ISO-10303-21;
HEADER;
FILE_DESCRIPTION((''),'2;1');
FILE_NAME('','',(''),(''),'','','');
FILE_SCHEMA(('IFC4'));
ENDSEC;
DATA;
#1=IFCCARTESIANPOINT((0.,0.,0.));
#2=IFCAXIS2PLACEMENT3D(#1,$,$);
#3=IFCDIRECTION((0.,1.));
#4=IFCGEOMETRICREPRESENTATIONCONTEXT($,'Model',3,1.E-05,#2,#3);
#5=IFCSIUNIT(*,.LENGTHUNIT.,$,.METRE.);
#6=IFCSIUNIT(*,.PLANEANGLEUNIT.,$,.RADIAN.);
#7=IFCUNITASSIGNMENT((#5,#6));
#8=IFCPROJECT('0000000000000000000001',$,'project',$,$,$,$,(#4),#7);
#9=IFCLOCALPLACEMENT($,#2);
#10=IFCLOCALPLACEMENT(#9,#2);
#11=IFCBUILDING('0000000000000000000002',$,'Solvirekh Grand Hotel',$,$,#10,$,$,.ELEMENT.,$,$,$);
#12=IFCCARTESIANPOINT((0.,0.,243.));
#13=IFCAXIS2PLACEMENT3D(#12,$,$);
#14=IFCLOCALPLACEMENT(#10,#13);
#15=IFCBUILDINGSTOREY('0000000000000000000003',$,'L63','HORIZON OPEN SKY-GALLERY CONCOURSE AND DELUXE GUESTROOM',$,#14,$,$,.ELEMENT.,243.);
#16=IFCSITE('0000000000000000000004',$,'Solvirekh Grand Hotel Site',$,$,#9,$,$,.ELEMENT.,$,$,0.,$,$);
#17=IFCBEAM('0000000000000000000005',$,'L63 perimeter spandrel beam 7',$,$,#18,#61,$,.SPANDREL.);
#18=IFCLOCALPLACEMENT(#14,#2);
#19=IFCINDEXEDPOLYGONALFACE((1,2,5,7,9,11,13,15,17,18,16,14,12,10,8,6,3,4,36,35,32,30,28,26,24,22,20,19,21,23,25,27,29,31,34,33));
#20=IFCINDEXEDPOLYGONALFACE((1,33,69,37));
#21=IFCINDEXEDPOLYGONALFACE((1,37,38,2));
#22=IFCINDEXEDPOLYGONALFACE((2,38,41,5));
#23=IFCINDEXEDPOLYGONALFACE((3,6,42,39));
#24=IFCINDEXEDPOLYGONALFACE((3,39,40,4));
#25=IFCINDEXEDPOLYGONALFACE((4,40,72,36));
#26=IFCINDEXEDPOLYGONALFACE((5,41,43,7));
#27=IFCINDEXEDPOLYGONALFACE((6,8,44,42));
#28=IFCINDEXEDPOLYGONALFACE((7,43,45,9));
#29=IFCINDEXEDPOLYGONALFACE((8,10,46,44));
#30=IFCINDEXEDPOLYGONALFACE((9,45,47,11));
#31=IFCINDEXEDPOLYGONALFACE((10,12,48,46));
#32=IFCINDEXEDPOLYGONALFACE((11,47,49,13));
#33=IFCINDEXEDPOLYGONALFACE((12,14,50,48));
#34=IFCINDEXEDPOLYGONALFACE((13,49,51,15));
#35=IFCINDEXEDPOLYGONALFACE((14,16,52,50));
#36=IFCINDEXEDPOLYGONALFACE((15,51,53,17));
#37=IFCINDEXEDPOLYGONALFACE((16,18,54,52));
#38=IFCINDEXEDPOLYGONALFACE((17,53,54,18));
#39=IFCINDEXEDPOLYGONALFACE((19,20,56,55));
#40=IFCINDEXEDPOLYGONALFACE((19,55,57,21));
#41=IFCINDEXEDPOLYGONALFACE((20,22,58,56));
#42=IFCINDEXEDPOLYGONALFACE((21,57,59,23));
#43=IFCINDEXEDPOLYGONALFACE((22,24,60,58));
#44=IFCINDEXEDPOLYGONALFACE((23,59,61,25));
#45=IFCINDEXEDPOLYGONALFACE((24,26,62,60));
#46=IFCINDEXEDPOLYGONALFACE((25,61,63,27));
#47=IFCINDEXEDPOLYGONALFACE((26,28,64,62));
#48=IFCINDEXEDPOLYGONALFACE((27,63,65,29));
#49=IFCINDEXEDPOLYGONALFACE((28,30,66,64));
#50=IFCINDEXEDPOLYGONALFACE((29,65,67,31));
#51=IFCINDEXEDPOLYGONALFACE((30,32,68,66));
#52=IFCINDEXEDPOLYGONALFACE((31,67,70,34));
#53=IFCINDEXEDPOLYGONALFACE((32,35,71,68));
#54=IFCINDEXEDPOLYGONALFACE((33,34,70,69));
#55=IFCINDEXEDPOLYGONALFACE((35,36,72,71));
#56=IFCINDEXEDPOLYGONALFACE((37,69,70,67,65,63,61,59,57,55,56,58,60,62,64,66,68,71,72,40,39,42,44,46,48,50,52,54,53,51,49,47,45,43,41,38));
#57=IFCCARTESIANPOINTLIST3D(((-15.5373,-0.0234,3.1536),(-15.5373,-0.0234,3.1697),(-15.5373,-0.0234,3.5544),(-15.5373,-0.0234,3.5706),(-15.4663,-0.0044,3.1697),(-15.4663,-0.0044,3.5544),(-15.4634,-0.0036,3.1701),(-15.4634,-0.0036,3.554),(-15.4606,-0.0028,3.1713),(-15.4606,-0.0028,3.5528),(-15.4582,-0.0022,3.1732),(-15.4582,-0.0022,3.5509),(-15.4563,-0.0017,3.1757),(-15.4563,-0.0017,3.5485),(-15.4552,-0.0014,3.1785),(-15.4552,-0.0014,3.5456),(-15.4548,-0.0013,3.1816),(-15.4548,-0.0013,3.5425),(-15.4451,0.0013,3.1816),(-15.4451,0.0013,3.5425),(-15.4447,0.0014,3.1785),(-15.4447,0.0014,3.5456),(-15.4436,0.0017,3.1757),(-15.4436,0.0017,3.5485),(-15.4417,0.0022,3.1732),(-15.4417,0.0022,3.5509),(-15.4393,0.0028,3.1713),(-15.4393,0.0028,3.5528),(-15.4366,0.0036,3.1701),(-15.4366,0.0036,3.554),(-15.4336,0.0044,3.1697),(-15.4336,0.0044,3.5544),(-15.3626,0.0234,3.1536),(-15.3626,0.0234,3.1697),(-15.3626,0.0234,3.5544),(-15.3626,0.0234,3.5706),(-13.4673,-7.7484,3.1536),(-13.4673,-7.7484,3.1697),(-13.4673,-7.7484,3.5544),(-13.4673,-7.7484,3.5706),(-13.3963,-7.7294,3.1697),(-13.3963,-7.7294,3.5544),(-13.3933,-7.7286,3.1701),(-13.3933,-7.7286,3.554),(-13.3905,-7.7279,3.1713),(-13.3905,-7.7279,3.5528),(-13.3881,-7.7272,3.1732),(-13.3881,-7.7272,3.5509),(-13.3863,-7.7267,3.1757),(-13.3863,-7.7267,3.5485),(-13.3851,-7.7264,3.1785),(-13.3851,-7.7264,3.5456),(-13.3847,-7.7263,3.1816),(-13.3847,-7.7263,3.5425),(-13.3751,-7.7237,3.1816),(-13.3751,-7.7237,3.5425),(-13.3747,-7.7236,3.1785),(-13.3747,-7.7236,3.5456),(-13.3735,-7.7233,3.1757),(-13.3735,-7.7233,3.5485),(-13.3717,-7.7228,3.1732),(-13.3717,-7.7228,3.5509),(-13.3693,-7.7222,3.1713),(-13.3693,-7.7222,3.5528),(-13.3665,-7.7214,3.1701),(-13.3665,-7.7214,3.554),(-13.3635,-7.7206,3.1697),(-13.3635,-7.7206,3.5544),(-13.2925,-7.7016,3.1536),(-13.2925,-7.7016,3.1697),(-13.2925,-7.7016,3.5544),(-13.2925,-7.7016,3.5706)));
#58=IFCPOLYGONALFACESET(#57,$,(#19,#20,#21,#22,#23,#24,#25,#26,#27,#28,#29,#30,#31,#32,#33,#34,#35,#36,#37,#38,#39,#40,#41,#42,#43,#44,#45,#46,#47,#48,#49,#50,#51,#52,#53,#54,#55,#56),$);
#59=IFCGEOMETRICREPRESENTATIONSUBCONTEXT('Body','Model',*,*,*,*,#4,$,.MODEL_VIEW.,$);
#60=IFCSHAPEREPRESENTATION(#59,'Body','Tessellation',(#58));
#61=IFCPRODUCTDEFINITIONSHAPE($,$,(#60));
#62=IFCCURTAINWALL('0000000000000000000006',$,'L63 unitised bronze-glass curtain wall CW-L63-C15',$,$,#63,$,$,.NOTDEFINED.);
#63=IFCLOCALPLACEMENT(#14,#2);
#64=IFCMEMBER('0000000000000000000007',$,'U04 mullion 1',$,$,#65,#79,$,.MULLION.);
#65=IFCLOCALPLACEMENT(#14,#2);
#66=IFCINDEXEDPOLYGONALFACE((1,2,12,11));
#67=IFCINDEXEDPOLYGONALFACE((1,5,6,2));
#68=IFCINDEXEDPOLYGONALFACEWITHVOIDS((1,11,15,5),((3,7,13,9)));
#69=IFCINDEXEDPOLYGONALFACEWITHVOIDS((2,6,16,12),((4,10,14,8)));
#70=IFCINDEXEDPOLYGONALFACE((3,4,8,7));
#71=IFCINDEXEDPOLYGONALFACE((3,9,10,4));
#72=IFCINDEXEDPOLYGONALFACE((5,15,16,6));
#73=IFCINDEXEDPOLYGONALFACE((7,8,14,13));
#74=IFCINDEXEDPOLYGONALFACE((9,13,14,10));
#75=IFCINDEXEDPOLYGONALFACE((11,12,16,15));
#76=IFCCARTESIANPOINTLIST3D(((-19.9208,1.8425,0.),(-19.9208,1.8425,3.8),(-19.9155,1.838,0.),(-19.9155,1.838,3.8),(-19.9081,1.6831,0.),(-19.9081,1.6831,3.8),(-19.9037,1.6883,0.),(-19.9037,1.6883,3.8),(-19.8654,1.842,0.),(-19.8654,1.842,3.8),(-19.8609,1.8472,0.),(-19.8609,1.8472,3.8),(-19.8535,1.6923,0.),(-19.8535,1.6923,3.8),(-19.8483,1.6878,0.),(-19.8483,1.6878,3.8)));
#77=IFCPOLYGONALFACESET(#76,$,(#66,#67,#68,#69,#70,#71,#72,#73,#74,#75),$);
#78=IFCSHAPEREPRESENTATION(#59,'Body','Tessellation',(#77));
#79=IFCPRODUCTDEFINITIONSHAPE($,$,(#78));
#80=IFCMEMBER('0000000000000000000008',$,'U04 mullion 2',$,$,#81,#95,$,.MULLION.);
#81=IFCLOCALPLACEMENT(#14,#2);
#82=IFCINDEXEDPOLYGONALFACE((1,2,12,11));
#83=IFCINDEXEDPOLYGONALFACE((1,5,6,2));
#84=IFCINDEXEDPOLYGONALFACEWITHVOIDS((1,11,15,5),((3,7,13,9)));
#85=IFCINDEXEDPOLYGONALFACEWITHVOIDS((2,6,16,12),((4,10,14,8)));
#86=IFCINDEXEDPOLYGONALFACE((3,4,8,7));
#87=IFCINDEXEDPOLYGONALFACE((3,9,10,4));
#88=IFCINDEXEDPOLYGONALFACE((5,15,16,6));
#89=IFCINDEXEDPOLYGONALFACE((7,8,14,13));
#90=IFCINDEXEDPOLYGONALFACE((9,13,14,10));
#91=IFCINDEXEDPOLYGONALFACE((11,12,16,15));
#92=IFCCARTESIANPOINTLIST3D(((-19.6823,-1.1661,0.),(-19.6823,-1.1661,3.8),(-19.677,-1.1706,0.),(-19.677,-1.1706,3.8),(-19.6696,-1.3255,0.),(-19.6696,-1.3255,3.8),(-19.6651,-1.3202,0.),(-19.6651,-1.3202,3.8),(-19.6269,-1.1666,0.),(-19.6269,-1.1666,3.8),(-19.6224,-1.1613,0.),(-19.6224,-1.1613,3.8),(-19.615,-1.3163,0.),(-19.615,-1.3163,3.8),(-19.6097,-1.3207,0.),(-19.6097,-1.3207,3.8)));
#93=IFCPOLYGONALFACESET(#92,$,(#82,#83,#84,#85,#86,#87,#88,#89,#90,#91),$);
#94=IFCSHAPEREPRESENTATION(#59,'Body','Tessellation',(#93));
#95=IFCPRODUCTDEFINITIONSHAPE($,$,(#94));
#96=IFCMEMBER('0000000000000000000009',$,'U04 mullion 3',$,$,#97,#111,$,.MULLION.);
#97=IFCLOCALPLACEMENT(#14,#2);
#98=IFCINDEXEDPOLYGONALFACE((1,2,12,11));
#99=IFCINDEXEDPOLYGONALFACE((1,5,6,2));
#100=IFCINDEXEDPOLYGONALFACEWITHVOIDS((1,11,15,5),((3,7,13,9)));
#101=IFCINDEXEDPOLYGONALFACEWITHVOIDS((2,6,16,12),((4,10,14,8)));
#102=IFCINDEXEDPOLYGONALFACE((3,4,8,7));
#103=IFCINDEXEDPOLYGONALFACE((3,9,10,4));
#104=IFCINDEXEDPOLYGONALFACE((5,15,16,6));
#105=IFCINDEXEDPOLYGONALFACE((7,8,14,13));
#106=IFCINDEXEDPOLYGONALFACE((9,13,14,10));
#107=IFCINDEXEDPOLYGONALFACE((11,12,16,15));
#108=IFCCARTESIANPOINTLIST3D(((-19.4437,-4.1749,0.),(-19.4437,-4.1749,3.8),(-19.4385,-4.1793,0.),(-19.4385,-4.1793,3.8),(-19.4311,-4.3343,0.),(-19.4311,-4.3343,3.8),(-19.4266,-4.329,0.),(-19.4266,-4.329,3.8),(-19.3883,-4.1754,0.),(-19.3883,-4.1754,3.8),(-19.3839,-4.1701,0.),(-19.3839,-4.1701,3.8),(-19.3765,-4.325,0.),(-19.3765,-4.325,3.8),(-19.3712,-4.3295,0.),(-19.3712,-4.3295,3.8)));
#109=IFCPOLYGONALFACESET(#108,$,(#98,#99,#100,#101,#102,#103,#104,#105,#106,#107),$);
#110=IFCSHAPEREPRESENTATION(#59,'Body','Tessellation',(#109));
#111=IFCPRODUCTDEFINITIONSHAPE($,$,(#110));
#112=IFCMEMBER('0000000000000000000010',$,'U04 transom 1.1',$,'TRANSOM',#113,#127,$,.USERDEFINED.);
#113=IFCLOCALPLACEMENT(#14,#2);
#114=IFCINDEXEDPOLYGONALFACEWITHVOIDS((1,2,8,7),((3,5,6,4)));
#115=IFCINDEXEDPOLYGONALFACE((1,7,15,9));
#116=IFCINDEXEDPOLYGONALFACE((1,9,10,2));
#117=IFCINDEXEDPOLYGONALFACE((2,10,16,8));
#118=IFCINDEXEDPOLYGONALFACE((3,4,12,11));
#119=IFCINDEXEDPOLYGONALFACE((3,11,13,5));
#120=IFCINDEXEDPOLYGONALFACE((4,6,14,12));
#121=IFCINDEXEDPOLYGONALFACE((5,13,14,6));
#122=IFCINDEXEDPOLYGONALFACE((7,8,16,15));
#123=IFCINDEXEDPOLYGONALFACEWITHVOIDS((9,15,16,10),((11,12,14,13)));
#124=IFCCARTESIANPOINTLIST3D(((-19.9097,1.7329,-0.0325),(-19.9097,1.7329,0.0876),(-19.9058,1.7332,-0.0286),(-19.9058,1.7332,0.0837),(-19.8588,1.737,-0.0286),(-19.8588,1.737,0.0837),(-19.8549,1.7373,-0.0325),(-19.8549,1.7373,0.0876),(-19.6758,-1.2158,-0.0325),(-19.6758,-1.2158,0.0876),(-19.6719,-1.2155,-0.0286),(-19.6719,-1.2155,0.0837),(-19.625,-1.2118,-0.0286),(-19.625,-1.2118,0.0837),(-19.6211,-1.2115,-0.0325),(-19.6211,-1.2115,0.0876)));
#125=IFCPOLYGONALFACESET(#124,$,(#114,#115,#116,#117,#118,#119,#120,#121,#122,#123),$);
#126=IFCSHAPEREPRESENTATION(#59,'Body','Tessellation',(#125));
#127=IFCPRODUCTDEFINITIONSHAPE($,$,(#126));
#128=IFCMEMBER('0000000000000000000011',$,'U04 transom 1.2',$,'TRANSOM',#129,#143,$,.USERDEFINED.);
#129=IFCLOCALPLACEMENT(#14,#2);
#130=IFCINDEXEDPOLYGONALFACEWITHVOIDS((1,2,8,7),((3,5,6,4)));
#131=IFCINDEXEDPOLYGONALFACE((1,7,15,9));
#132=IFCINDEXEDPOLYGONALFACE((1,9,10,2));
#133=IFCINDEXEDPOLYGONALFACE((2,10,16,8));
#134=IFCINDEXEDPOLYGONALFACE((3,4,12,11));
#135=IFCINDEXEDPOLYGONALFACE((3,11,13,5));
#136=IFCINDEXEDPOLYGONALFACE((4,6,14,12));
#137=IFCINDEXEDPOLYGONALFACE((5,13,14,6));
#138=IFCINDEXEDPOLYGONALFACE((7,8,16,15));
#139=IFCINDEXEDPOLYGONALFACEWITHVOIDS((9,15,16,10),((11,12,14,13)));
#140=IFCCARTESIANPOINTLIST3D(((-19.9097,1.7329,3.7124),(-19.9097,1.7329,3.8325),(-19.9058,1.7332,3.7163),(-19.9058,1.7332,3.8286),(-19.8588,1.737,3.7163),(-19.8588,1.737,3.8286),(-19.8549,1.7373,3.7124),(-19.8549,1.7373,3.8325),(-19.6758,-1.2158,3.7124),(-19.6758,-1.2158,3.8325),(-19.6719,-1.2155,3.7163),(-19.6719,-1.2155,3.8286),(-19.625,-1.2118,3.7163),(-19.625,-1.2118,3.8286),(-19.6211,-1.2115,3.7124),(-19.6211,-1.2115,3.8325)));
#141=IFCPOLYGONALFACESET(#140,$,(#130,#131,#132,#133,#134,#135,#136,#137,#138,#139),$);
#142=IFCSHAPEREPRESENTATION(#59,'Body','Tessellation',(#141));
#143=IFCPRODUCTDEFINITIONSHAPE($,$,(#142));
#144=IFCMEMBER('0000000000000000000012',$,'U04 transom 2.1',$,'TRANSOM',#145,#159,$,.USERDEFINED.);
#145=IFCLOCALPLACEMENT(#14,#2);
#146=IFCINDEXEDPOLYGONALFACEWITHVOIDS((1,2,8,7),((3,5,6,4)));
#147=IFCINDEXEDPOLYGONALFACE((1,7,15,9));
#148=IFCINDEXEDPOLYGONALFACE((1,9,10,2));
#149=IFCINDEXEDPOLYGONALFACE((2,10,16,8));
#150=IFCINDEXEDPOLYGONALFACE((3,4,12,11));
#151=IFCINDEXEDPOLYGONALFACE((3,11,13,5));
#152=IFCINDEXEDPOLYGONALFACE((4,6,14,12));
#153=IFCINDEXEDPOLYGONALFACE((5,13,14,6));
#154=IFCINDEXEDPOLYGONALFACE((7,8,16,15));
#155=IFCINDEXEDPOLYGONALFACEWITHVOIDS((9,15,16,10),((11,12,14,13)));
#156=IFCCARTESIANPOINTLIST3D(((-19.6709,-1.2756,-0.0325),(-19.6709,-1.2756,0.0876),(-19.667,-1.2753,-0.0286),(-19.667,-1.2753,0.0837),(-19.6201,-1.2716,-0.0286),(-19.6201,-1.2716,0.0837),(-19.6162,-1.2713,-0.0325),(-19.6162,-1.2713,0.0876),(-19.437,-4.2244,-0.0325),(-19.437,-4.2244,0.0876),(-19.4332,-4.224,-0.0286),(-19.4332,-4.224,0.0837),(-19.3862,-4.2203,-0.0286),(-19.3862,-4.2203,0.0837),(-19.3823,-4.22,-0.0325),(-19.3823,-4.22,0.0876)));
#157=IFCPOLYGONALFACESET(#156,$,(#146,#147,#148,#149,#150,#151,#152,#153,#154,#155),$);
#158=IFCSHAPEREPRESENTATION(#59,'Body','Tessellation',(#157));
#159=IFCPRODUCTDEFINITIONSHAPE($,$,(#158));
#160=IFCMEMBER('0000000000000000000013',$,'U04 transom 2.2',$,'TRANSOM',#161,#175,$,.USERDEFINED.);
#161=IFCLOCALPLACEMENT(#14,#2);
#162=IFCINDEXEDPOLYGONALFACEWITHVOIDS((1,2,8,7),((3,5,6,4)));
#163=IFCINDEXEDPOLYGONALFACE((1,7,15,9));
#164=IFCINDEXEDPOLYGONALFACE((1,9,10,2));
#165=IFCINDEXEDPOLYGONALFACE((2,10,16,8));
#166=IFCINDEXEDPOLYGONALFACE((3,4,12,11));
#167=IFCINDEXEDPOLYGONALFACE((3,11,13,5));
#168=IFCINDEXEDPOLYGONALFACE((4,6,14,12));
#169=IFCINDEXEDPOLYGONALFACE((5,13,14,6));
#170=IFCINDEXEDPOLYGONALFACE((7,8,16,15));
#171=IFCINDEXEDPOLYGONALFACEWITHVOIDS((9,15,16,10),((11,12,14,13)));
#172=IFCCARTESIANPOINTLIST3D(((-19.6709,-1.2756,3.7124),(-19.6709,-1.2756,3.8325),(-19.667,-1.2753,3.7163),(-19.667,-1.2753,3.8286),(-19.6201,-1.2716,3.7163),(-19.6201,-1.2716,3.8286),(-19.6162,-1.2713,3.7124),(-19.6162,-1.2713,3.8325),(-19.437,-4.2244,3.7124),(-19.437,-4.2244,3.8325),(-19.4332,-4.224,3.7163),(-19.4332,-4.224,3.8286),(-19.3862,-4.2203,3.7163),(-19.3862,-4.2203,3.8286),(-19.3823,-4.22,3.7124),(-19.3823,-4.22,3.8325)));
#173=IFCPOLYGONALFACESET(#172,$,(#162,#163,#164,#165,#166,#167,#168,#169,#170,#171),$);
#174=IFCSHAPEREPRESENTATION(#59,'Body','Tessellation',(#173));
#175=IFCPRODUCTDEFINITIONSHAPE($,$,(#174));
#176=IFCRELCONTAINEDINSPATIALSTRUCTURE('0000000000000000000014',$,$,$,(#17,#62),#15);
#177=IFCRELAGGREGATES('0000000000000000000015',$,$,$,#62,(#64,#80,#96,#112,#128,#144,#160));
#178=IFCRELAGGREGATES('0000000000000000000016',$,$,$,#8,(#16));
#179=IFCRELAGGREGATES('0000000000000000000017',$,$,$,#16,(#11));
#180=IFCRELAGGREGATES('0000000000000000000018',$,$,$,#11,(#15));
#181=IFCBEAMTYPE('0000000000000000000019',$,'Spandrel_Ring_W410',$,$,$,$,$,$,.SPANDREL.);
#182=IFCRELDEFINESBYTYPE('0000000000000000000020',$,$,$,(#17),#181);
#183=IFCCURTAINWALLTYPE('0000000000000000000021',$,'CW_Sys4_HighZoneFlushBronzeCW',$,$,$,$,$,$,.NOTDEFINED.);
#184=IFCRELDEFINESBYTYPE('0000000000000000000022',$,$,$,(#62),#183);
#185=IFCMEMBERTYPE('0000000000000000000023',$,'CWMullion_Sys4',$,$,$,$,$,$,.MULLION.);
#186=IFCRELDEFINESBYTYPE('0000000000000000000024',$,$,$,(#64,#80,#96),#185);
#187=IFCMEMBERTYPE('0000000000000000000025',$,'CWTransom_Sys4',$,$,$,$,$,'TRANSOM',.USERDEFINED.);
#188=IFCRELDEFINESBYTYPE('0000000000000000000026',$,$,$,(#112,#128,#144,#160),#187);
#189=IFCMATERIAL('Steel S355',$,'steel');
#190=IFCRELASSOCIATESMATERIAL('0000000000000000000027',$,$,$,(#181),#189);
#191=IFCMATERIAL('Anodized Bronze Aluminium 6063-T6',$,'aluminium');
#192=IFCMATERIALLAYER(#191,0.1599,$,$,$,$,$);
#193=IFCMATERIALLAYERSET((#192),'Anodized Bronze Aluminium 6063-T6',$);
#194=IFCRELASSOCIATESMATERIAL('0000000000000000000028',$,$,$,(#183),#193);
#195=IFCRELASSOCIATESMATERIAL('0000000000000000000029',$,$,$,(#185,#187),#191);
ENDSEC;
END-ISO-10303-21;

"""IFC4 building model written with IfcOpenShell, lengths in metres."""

from ifc_helpers import new_model, si_unit, direction, frame, origin, origin_2d, place, context, subcontext, project, spatial, hollow_rectangle, i_section, extrude, source, transform, mapped, material, layer, layer_set, material_profile, profile_set, type_object, element, aggregate, save


model = new_model("IFC4")

# Units and contexts
model_context = context("Model", 3, precision=1e-05, world=origin(), true_north=direction((0.0, 1.0)))
body_context = subcontext(model_context, "Body", "Model", "MODEL_VIEW")
ifc_project = project(units=[si_unit("LENGTHUNIT", "METRE"), si_unit("PLANEANGLEUNIT", "RADIAN")], contexts=[model_context])

# Site, building, storey
site_placement = place(None, origin())
site = spatial("IfcSite", under=ifc_project, at=site_placement, Name="Solvirekh Grand Hotel Site", CompositionType="ELEMENT", RefElevation=0.0)
building_placement = place(site_placement, origin())
building = spatial("IfcBuilding", under=site, at=building_placement, Name="Solvirekh Grand Hotel", CompositionType="ELEMENT")
storey_placement = place(building_placement, frame((0.0, 0.0, 243.0)))
storey = spatial("IfcBuildingStorey", under=building, at=storey_placement, Name="L63", Description="HORIZON OPEN SKY-GALLERY CONCOURSE AND DELUXE GUESTROOM", CompositionType="ELEMENT", Elevation=243.0)

# Beam
ifc_material_1 = material(Name="Steel S355", Category="steel")
ifc_material_profile_1 = material_profile(ifc_material_1, i_section(OverallWidth=0.1809, OverallDepth=0.417, WebThickness=0.01, FlangeThickness=0.0161, FilletRadius=0.012, at=origin_2d()), Name="W410X85")
ifc_profile_set_1 = profile_set([ifc_material_profile_1], Name="Steel S355")
beam_type_1 = type_object("IfcBeamType", Name="Spandrel_Ring_W410", PredefinedType="SPANDREL", material=ifc_profile_set_1)
beam_1_placement = place(storey_placement, frame((-15.45, 0.0, 3.3621), z_axis=(0.258835, -0.965922, 0.0), x_axis=(0.965922, 0.258835, 0.0)))
element("IfcBeam", 1, at=beam_1_placement, inside=storey, type_object=beam_type_1, Name="L63 perimeter spandrel beam 7", PredefinedType="SPANDREL", context=body_context, shape_type="SweptSolid", body=[
    extrude(i_section(OverallWidth=0.1809, OverallDepth=0.417, WebThickness=0.01, FlangeThickness=0.0161, FilletRadius=0.012, at=origin_2d()), origin(), (0.0, 0.0, 1.0), 7.9976),
])

# Curtain wall, members
ifc_material_2 = material(Name="Anodized Bronze Aluminium 6063-T6", Category="aluminium")
ifc_layer_1 = layer(ifc_material_2, 0.1599)
ifc_layer_set_1 = layer_set([ifc_layer_1], Name="Anodized Bronze Aluminium 6063-T6")
curtain_wall_type = type_object("IfcCurtainWallType", Name="CW_Sys4_HighZoneFlushBronzeCW", PredefinedType="NOTDEFINED", material=ifc_layer_set_1)
curtain_wall_placement = place(storey_placement, origin())
curtain_wall = element("IfcCurtainWall", 2, at=curtain_wall_placement, inside=storey, type_object=curtain_wall_type, Name="L63 unitised bronze-glass curtain wall CW-L63-C15", PredefinedType="NOTDEFINED")
ifc_material_profile_2 = material_profile(ifc_material_2, hollow_rectangle(XDim=0.0601, YDim=0.1599, WallThickness=0.0049, at=origin_2d()), Name="ALU RHS 160X60X5")
ifc_profile_set_2 = profile_set([ifc_material_profile_2], Name="Anodized Bronze Aluminium 6063-T6")
member_type_1 = type_object("IfcMemberType", Name="CWMullion_Sys4", PredefinedType="MULLION", material=ifc_profile_set_2)
shared_shape_1 = source(origin(), body_context, "Body", "SweptSolid", [
    extrude(hollow_rectangle(XDim=0.0601, YDim=0.1599, WallThickness=0.0049, at=origin_2d()), origin(), (0.0, 0.0, 1.0), 3.8),
])
member_1_placement = place(storey_placement, frame((-19.8845, 1.7651, 0.0), z_axis=(0.0, 0.0, 1.0), x_axis=(0.996869, 0.079067, 0.0)))
member_1 = element("IfcMember", 3, at=member_1_placement, type_object=member_type_1, Name="U04 mullion 1", PredefinedType="MULLION", context=body_context, shape_type="MappedRepresentation", body=[
    mapped(shared_shape_1, transform((0.0, 0.0, 0.0), x_axis=(1.0, 0.0, 0.0), y_axis=(0.0, 1.0, 0.0), z_axis=(0.0, 0.0, 1.0), scale=1.0)),
])
member_2_placement = place(storey_placement, frame((-19.646, -1.2434, 0.0), z_axis=(0.0, 0.0, 1.0), x_axis=(0.996869, 0.079067, 0.0)))
member_2 = element("IfcMember", 4, at=member_2_placement, type_object=member_type_1, Name="U04 mullion 2", PredefinedType="MULLION", context=body_context, shape_type="MappedRepresentation", body=[
    mapped(shared_shape_1, transform((0.0, 0.0, 0.0), x_axis=(1.0, 0.0, 0.0), y_axis=(0.0, 1.0, 0.0), z_axis=(0.0, 0.0, 1.0), scale=1.0)),
])
member_3_placement = place(storey_placement, frame((-19.4075, -4.2522, 0.0), z_axis=(0.0, 0.0, 1.0), x_axis=(0.996869, 0.079067, 0.0)))
member_3 = element("IfcMember", 5, at=member_3_placement, type_object=member_type_1, Name="U04 mullion 3", PredefinedType="MULLION", context=body_context, shape_type="MappedRepresentation", body=[
    mapped(shared_shape_1, transform((0.0, 0.0, 0.0), x_axis=(1.0, 0.0, 0.0), y_axis=(0.0, 1.0, 0.0), z_axis=(0.0, 0.0, 1.0), scale=1.0)),
])
ifc_material_profile_3 = material_profile(ifc_material_2, hollow_rectangle(XDim=0.0549, YDim=0.1201, WallThickness=0.0039, at=origin_2d()), Name="ALU RHS 120X55X4")
ifc_profile_set_3 = profile_set([ifc_material_profile_3], Name="Anodized Bronze Aluminium 6063-T6")
member_type_2 = type_object("IfcMemberType", Name="CWTransom_Sys4", ElementType="TRANSOM", PredefinedType="USERDEFINED", material=ifc_profile_set_3)
shared_shape_2 = source(origin(), body_context, "Body", "SweptSolid", [
    extrude(hollow_rectangle(XDim=0.0549, YDim=0.1201, WallThickness=0.0039, at=origin_2d()), origin(), (0.0, 0.0, 1.0), 2.958),
])
member_4_placement = place(storey_placement, frame((-19.8823, 1.7351, 0.0276), z_axis=(0.079069, -0.996869, 0.0), x_axis=(0.996869, 0.079069, 0.0)))
member_4 = element("IfcMember", 6, at=member_4_placement, type_object=member_type_2, Name="U04 transom 1.1", ObjectType="TRANSOM", PredefinedType="USERDEFINED", context=body_context, shape_type="MappedRepresentation", body=[
    mapped(shared_shape_2, transform((0.0, 0.0, 0.0), x_axis=(1.0, 0.0, 0.0), y_axis=(0.0, 1.0, 0.0), z_axis=(0.0, 0.0, 1.0), scale=1.0)),
])
member_5_placement = place(storey_placement, frame((-19.8823, 1.7351, 3.7725), z_axis=(0.079069, -0.996869, 0.0), x_axis=(0.996869, 0.079069, 0.0)))
member_5 = element("IfcMember", 7, at=member_5_placement, type_object=member_type_2, Name="U04 transom 1.2", ObjectType="TRANSOM", PredefinedType="USERDEFINED", context=body_context, shape_type="MappedRepresentation", body=[
    mapped(shared_shape_2, transform((0.0, 0.0, 0.0), x_axis=(1.0, 0.0, 0.0), y_axis=(0.0, 1.0, 0.0), z_axis=(0.0, 0.0, 1.0), scale=1.0)),
])
member_6_placement = place(storey_placement, frame((-19.6436, -1.2734, 0.0276), z_axis=(0.079069, -0.996869, 0.0), x_axis=(0.996869, 0.079069, 0.0)))
member_6 = element("IfcMember", 8, at=member_6_placement, type_object=member_type_2, Name="U04 transom 2.1", ObjectType="TRANSOM", PredefinedType="USERDEFINED", context=body_context, shape_type="MappedRepresentation", body=[
    mapped(shared_shape_2, transform((0.0, 0.0, 0.0), x_axis=(1.0, 0.0, 0.0), y_axis=(0.0, 1.0, 0.0), z_axis=(0.0, 0.0, 1.0), scale=1.0)),
])
member_7_placement = place(storey_placement, frame((-19.6436, -1.2734, 3.7725), z_axis=(0.079069, -0.996869, 0.0), x_axis=(0.996869, 0.079069, 0.0)))
member_7 = element("IfcMember", 9, at=member_7_placement, type_object=member_type_2, Name="U04 transom 2.2", ObjectType="TRANSOM", PredefinedType="USERDEFINED", context=body_context, shape_type="MappedRepresentation", body=[
    mapped(shared_shape_2, transform((0.0, 0.0, 0.0), x_axis=(1.0, 0.0, 0.0), y_axis=(0.0, 1.0, 0.0), z_axis=(0.0, 0.0, 1.0), scale=1.0)),
])

aggregate(curtain_wall, [member_1, member_2, member_3, member_4, member_5, member_6, member_7])

save(model, "model.ifc")
